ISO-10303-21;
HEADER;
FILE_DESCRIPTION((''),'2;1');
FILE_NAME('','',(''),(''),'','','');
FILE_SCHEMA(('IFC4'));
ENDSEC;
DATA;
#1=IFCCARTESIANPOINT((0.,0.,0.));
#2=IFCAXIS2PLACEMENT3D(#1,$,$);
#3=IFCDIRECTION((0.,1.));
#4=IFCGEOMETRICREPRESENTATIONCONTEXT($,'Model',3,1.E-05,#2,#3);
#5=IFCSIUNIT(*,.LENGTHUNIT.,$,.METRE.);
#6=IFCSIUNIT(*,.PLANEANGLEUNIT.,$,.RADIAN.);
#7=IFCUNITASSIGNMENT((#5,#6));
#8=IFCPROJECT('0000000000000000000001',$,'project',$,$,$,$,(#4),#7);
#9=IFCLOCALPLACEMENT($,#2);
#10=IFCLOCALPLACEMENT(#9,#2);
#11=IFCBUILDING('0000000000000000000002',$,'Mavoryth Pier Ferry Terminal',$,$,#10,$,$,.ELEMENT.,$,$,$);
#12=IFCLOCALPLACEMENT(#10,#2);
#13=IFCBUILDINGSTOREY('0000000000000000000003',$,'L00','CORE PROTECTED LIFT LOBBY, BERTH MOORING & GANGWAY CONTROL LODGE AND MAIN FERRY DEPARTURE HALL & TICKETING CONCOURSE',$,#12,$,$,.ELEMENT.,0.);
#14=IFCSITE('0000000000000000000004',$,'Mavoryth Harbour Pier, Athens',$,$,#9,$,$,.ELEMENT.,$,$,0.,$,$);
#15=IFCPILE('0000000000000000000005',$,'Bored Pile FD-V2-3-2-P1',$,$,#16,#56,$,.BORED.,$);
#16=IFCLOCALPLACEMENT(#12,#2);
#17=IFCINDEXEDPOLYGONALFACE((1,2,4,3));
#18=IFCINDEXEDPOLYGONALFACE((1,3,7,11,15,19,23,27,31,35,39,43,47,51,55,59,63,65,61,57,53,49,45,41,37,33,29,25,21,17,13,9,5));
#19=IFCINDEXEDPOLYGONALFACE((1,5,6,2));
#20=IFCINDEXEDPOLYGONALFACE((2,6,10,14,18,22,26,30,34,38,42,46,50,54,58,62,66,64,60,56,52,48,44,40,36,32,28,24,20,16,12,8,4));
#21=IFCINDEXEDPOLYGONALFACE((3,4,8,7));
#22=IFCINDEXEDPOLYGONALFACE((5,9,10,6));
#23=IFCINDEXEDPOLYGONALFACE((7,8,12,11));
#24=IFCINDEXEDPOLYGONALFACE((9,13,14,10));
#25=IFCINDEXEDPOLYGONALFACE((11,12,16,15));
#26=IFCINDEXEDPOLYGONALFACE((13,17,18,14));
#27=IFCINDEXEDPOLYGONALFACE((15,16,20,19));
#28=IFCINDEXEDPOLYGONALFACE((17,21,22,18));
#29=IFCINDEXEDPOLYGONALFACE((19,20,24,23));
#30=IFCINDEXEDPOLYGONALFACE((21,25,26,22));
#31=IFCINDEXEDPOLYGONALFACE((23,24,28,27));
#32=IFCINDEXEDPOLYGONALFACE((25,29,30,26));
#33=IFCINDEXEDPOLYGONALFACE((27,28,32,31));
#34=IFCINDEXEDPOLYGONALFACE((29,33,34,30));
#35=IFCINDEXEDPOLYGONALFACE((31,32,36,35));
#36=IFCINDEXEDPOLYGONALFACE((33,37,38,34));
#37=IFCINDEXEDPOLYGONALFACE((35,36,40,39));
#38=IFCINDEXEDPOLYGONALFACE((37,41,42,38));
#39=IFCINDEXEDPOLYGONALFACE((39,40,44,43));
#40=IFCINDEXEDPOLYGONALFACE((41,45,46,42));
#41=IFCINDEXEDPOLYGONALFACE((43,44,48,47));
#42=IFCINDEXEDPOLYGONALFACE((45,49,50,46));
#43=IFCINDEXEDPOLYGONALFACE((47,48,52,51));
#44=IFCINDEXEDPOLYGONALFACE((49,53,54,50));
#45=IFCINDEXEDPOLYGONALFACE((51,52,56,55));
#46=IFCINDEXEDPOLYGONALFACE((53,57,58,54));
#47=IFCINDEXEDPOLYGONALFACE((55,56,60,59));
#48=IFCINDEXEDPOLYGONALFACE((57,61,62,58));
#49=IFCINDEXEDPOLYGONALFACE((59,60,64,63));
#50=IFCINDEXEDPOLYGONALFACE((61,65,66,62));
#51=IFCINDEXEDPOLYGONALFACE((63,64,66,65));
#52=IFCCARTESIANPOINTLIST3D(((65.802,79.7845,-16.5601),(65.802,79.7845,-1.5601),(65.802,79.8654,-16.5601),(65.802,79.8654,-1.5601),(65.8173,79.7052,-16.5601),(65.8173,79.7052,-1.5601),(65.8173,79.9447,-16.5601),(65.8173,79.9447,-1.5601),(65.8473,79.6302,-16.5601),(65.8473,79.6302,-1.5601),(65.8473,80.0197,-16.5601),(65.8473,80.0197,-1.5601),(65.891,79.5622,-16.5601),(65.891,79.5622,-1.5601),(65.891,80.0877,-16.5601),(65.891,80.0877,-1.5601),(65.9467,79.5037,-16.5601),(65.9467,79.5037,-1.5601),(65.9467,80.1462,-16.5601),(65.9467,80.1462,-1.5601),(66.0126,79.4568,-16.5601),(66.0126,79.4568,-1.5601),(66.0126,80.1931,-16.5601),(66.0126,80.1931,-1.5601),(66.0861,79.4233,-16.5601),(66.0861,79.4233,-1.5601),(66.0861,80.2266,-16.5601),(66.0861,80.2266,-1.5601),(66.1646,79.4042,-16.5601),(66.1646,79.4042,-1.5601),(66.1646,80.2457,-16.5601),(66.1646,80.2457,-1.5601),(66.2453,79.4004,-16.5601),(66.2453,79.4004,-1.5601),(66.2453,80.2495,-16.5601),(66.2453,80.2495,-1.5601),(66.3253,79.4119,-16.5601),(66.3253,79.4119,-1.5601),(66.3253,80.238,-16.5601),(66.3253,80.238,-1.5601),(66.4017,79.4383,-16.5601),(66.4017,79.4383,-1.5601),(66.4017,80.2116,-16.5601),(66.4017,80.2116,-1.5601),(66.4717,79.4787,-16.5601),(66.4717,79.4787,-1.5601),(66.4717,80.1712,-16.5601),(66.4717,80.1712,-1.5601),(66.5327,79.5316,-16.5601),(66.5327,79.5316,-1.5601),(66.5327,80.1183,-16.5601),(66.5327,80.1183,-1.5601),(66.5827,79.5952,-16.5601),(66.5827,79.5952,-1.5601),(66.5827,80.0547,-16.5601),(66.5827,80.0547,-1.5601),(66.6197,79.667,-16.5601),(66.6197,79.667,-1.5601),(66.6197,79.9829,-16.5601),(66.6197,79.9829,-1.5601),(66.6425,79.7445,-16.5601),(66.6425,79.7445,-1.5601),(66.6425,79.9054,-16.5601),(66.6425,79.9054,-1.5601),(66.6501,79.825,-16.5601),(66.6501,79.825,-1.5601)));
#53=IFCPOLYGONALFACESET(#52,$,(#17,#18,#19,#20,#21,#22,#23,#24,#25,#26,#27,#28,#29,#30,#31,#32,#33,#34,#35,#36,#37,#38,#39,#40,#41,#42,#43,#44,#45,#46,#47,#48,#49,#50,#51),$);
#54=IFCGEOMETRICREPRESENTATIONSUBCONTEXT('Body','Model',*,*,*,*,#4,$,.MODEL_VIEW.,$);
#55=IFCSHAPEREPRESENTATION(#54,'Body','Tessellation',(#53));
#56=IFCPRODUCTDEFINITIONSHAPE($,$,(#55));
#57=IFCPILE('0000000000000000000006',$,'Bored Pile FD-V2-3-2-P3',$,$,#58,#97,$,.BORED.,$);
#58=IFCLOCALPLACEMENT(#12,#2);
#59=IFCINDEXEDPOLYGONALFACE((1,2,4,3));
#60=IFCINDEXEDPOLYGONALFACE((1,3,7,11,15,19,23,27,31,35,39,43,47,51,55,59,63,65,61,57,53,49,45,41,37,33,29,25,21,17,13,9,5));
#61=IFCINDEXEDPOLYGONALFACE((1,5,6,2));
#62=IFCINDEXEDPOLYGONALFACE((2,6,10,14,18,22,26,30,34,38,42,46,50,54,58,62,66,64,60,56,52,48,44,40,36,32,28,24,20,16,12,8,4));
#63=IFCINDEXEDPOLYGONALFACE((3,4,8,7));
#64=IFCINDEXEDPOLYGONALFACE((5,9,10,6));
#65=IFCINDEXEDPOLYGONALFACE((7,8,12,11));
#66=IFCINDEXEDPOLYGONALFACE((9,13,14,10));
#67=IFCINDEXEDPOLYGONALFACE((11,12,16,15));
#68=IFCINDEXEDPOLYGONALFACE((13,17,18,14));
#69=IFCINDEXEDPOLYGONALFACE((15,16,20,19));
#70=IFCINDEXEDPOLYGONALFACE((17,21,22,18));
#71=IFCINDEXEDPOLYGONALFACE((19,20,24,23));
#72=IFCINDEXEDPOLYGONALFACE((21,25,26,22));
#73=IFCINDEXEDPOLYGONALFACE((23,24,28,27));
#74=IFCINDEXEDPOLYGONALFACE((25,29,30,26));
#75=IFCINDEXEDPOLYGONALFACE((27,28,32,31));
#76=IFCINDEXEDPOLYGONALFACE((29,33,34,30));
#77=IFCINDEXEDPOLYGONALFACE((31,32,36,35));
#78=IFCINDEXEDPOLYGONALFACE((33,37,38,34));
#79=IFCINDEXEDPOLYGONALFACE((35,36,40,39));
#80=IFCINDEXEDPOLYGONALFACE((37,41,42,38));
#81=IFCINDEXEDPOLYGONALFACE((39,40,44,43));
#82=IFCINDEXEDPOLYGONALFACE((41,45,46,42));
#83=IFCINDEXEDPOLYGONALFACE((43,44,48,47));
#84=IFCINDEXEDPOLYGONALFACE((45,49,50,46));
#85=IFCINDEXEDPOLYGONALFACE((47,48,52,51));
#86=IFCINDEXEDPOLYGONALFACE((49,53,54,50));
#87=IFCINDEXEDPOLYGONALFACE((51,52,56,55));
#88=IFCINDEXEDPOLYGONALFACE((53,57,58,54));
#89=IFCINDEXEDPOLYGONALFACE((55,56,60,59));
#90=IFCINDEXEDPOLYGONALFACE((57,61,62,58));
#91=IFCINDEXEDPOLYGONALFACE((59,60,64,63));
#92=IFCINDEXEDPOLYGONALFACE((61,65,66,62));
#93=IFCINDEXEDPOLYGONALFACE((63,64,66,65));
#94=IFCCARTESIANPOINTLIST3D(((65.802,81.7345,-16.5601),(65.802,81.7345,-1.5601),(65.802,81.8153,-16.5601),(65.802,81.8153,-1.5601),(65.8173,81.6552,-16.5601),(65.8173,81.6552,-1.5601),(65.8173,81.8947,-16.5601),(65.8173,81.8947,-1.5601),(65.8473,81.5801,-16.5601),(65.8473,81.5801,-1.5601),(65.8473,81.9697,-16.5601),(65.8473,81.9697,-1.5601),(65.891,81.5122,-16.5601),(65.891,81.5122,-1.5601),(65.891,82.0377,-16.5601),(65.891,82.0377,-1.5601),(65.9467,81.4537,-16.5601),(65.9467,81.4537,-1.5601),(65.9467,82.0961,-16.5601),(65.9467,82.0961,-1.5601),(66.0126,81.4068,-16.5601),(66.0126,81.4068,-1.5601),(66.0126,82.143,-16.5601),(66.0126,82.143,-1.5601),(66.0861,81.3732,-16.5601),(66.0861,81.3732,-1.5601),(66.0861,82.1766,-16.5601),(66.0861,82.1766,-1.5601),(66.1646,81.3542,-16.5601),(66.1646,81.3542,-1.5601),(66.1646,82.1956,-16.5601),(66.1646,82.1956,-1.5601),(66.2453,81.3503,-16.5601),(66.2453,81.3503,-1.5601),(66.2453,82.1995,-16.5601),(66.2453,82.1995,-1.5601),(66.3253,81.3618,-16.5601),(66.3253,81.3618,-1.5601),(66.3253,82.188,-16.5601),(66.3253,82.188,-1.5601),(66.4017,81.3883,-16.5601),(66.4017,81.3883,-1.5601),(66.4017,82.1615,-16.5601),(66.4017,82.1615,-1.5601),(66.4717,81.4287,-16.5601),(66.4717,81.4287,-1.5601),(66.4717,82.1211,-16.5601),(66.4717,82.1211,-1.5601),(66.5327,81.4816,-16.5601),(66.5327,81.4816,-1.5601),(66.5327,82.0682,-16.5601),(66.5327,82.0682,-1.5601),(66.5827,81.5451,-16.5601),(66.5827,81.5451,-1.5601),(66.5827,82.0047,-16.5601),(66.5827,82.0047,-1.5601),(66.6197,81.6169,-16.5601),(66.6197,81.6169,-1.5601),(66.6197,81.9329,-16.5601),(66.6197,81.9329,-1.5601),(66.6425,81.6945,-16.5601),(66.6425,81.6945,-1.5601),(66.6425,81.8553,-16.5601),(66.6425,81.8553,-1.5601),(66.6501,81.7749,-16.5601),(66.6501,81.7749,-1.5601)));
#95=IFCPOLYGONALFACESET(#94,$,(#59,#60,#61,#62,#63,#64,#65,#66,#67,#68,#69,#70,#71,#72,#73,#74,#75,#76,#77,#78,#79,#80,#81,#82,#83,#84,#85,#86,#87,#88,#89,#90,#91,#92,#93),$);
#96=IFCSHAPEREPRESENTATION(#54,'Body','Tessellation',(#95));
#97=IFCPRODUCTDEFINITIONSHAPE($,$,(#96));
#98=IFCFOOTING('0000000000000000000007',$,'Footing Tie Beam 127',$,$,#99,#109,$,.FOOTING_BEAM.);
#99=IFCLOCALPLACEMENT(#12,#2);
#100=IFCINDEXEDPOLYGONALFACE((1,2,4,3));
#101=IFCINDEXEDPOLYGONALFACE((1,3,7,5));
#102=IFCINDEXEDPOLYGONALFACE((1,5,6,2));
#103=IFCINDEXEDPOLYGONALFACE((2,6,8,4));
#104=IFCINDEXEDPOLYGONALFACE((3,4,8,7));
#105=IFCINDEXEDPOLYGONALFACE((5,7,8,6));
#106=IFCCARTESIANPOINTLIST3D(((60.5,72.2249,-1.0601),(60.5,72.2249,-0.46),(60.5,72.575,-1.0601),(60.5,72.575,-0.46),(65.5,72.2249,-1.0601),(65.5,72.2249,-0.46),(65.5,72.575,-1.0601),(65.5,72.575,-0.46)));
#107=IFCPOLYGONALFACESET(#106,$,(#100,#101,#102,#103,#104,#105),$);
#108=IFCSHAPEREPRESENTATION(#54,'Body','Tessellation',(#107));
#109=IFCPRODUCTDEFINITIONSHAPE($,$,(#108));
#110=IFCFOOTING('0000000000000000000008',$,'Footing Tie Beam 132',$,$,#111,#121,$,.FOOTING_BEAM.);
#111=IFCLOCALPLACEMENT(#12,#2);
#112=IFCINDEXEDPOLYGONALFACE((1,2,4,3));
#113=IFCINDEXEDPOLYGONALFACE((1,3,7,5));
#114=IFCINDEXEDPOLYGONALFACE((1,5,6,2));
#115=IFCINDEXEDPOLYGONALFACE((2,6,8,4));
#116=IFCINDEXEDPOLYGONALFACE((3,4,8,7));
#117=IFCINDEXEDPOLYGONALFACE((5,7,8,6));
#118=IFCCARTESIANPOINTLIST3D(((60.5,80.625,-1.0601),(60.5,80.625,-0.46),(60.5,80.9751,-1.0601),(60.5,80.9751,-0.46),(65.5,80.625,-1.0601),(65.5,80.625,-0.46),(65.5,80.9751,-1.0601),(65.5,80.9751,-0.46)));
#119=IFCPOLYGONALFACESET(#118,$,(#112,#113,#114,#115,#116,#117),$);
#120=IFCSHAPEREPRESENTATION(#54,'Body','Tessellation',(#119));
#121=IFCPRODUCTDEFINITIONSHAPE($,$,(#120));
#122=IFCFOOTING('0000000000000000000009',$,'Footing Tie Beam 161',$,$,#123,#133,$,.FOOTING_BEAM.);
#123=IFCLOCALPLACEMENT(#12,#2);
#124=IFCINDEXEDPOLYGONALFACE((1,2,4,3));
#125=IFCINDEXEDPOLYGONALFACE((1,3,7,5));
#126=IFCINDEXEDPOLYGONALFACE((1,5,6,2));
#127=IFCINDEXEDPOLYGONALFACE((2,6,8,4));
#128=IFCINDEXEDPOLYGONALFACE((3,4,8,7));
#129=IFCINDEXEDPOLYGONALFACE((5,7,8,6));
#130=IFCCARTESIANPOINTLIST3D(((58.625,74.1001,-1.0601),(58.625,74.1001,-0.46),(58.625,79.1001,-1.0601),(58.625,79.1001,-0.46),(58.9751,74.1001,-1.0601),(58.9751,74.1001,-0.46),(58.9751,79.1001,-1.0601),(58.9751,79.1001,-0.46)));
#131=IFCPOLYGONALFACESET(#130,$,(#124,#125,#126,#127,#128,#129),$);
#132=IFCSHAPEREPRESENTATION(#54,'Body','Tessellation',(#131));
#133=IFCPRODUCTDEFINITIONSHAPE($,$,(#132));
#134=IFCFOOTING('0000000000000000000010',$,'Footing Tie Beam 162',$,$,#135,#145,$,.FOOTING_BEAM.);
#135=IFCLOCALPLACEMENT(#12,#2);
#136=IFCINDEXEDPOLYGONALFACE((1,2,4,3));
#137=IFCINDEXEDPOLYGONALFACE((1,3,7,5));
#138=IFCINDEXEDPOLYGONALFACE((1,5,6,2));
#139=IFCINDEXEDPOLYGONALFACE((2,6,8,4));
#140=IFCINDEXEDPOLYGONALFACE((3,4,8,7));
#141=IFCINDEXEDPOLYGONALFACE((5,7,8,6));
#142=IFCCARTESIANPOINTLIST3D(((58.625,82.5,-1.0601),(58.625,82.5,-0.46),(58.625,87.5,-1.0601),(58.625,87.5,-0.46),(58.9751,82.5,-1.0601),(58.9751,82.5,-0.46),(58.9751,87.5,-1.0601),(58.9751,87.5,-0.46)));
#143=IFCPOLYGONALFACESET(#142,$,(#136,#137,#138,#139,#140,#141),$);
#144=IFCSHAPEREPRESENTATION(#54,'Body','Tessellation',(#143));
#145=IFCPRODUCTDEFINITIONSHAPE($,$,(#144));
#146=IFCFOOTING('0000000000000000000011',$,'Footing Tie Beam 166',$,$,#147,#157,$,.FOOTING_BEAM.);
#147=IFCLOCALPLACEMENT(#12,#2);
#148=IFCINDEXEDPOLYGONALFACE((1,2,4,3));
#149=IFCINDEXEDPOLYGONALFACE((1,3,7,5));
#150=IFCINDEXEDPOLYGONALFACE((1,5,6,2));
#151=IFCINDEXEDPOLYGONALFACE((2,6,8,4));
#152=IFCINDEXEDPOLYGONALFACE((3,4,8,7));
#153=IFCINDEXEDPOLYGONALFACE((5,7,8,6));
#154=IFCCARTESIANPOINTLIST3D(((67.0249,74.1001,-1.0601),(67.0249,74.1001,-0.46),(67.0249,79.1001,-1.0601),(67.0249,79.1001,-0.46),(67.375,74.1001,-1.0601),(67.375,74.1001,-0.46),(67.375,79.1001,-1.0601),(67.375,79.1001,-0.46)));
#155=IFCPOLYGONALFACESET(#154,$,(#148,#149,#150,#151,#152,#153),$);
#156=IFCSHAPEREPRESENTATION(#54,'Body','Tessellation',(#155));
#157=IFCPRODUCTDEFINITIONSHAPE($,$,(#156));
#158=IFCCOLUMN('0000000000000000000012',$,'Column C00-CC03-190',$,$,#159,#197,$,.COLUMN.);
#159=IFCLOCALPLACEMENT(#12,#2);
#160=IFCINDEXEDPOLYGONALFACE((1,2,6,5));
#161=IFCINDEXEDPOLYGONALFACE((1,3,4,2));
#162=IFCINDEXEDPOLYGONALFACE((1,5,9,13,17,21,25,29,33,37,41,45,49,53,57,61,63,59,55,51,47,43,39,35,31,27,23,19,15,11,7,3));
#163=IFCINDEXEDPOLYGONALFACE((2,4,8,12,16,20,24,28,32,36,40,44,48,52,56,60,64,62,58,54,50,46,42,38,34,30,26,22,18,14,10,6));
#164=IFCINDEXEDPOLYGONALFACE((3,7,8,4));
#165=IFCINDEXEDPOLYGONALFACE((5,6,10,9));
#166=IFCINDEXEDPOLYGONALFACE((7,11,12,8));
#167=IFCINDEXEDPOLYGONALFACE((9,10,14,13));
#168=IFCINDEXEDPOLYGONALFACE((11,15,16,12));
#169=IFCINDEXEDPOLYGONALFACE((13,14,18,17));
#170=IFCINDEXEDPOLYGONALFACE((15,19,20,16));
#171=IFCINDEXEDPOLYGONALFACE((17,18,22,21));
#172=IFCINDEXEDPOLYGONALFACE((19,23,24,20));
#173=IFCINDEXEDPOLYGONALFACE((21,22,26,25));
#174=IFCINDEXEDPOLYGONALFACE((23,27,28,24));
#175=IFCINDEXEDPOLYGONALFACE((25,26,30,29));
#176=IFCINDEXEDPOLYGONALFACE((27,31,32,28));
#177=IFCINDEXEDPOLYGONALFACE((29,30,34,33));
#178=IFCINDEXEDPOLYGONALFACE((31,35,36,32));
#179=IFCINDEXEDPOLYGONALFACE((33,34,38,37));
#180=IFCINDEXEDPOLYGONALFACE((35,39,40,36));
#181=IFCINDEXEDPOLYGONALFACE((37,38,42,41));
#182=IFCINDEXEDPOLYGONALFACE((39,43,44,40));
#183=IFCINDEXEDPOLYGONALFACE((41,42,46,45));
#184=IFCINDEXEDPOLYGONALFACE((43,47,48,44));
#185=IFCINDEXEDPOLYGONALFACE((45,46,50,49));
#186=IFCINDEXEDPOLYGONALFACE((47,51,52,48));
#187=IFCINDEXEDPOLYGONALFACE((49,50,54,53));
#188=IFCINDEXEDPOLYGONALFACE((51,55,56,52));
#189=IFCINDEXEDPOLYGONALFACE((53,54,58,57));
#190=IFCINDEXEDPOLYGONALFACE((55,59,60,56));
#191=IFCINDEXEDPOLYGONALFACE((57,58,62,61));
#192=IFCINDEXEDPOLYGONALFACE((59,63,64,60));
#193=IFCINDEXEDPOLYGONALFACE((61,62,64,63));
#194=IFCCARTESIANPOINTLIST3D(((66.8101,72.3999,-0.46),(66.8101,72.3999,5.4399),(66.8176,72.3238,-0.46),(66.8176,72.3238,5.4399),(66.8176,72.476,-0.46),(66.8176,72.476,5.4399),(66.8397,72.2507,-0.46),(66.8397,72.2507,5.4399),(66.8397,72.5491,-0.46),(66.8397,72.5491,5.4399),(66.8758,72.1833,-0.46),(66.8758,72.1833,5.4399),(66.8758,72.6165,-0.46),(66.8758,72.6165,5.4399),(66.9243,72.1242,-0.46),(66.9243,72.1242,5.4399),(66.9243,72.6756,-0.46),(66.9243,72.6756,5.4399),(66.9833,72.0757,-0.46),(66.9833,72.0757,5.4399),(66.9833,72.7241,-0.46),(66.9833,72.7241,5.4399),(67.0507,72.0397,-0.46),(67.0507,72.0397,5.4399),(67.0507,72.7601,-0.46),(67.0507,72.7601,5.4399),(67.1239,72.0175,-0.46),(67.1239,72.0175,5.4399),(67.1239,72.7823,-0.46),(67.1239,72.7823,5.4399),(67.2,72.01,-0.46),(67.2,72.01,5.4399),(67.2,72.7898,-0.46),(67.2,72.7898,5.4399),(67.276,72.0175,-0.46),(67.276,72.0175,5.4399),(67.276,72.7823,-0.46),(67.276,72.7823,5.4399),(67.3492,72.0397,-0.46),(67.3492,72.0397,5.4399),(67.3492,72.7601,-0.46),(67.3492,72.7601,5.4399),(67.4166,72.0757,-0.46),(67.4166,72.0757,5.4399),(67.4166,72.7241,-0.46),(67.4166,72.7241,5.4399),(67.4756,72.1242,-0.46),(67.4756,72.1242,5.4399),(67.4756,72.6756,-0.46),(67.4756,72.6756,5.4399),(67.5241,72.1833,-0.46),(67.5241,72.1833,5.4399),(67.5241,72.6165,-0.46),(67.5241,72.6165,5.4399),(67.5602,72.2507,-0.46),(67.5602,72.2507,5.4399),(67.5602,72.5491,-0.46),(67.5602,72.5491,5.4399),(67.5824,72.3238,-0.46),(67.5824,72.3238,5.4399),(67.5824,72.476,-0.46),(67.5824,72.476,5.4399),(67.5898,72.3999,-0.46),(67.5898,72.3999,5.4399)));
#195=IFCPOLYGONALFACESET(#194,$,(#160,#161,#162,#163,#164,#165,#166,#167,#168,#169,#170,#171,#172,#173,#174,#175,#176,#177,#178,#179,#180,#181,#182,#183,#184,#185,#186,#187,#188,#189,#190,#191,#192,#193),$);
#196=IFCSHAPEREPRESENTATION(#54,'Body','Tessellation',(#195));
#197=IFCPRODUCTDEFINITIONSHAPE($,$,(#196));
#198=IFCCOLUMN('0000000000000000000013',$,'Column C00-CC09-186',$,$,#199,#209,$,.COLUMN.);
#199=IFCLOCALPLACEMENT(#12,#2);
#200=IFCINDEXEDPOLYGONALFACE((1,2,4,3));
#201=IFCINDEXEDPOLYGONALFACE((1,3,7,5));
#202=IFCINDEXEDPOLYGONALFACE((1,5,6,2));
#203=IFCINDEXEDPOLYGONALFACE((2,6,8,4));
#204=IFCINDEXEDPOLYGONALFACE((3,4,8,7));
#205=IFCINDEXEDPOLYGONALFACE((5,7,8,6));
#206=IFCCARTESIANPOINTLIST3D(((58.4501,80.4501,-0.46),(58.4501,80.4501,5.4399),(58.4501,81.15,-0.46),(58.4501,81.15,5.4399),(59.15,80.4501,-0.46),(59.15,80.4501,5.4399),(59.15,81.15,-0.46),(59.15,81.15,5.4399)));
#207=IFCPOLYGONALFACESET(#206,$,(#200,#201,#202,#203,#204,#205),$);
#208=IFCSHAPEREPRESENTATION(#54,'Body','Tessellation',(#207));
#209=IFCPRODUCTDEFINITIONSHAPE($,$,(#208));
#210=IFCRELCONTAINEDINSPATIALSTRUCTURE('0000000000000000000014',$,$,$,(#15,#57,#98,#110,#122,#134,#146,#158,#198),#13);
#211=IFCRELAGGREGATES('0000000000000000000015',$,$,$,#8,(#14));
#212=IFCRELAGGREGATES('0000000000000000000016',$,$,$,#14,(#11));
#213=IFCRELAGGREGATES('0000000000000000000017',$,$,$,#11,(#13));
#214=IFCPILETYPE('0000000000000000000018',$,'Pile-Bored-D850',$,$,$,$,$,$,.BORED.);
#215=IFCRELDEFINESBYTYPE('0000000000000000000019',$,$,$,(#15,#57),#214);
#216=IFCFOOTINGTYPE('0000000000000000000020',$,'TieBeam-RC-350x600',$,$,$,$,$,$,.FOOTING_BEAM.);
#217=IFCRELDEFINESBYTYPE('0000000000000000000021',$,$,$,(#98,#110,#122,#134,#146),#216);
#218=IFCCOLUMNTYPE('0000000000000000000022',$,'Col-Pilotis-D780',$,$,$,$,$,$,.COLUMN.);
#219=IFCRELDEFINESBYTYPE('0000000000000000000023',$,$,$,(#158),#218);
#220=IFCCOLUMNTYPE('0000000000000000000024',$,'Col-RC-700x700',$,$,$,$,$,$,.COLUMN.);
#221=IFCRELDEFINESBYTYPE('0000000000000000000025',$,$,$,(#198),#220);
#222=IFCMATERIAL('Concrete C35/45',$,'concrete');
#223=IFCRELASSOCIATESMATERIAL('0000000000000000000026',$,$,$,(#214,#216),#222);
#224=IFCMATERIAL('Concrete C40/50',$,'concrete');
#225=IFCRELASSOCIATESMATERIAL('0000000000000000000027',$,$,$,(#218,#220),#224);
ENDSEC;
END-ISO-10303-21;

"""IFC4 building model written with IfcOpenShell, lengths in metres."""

from ifc_helpers import new_model, si_unit, direction, frame, origin, origin_2d, place, context, subcontext, project, spatial, rectangle, circle, extrude, material, material_profile, profile_set, type_object, element, save


model = new_model("IFC4")

# Units and contexts
model_context = context("Model", 3, precision=1e-05, world=origin(), true_north=direction((0.0, 1.0)))
body_context = subcontext(model_context, "Body", "Model", "MODEL_VIEW")
ifc_project = project(units=[si_unit("LENGTHUNIT", "METRE"), si_unit("PLANEANGLEUNIT", "RADIAN")], contexts=[model_context])

# Site, building, storey
site_placement = place(None, origin())
site = spatial("IfcSite", under=ifc_project, at=site_placement, Name="Mavoryth Harbour Pier, Athens", CompositionType="ELEMENT", RefElevation=0.0)
building_placement = place(site_placement, origin())
building = spatial("IfcBuilding", under=site, at=building_placement, Name="Mavoryth Pier Ferry Terminal", CompositionType="ELEMENT")
storey_placement = place(building_placement, origin())
storey = spatial("IfcBuildingStorey", under=building, at=storey_placement, Name="L00", Description="CORE PROTECTED LIFT LOBBY, BERTH MOORING & GANGWAY CONTROL LODGE AND MAIN FERRY DEPARTURE HALL & TICKETING CONCOURSE", CompositionType="ELEMENT", Elevation=0.0)

# Shared definitions
ifc_material_1 = material(Name="Concrete C35/45", Category="concrete")

# Piles
ifc_material_profile_1 = material_profile(ifc_material_1, circle(Radius=0.425, at=origin_2d()), Name="PILE D850", Category="concrete")
ifc_profile_set_1 = profile_set([ifc_material_profile_1], Name="Concrete C35/45 - PILE D850")
pile_type = type_object("IfcPileType", Name="Pile-Bored-D850", PredefinedType="BORED", material=ifc_profile_set_1)
for number, where, z_axis, x_axis, name in (
    (1, (66.2251, 79.825, -1.5601), (0.0, 0.0, -1.0), (1.0, 0.0, 0.0), "Bored Pile FD-V2-3-2-P1"),
    (2, (66.2251, 81.7749, -1.5601), (0.0, 0.0, -1.0), (1.0, 0.0, 0.0), "Bored Pile FD-V2-3-2-P3"),
):
    element("IfcPile", number, at=place(storey_placement, frame(where, z_axis=z_axis, x_axis=x_axis)), inside=storey, type_object=pile_type, Name=name, PredefinedType="BORED", context=body_context, shape_type="SweptSolid", body=[
        extrude(circle(Radius=0.425, at=origin_2d()), origin(), (0.0, 0.0, 1.0), 15.0),
    ])

# Footings
ifc_material_profile_2 = material_profile(ifc_material_1, rectangle(XDim=0.3501, YDim=0.6001, at=origin_2d()), Name="RC 350x600", Category="concrete")
ifc_profile_set_2 = profile_set([ifc_material_profile_2], Name="Concrete C35/45 - RC 350x600")
footing_type_1 = type_object("IfcFootingType", Name="TieBeam-RC-350x600", PredefinedType="FOOTING_BEAM", material=ifc_profile_set_2)
for number, where, z_axis, x_axis, name in (
    (3, (60.5, 72.3999, -0.76), (1.0, 0.0, 0.0), (0.0, 1.0, 0.0), "Footing Tie Beam 127"),
    (4, (60.5, 80.8, -0.76), (1.0, 0.0, 0.0), (0.0, 1.0, 0.0), "Footing Tie Beam 132"),
    (5, (58.8, 74.1001, -0.76), (0.0, 1.0, 0.0), (-1.0, 0.0, 0.0), "Footing Tie Beam 161"),
    (6, (58.8, 82.5, -0.76), (0.0, 1.0, 0.0), (-1.0, 0.0, 0.0), "Footing Tie Beam 162"),
    (7, (67.2, 74.1001, -0.76), (0.0, 1.0, 0.0), (-1.0, 0.0, 0.0), "Footing Tie Beam 166"),
):
    element("IfcFooting", number, at=place(storey_placement, frame(where, z_axis=z_axis, x_axis=x_axis)), inside=storey, type_object=footing_type_1, Name=name, PredefinedType="FOOTING_BEAM", context=body_context, shape_type="SweptSolid", body=[
        extrude(rectangle(XDim=0.3501, YDim=0.6001, at=origin_2d()), origin(), (0.0, 0.0, 1.0), 5.0),
    ])

# Columns
ifc_material_2 = material(Name="Concrete C40/50", Category="concrete")
ifc_material_profile_3 = material_profile(ifc_material_2, circle(Radius=0.3899, at=origin_2d()), Name="RC D780", Category="concrete")
ifc_profile_set_3 = profile_set([ifc_material_profile_3], Name="Concrete C40/50 - RC D780")
column_type_1 = type_object("IfcColumnType", Name="Col-Pilotis-D780", PredefinedType="COLUMN", material=ifc_profile_set_3)
column_1_placement = place(storey_placement, frame((67.2, 72.3999, -0.46), z_axis=(0.0, 0.0, 1.0), x_axis=(1.0, 0.0, 0.0)))
element("IfcColumn", 8, at=column_1_placement, inside=storey, type_object=column_type_1, Name="Column C00-CC03-190", PredefinedType="COLUMN", context=body_context, shape_type="SweptSolid", body=[
    extrude(circle(Radius=0.3899, at=origin_2d()), origin(), (0.0, 0.0, 1.0), 5.8999),
])
ifc_material_profile_4 = material_profile(ifc_material_2, rectangle(XDim=0.7, YDim=0.7, at=origin_2d()), Name="RC 700x700", Category="concrete")
ifc_profile_set_4 = profile_set([ifc_material_profile_4], Name="Concrete C40/50 - RC 700x700")
column_type_2 = type_object("IfcColumnType", Name="Col-RC-700x700", PredefinedType="COLUMN", material=ifc_profile_set_4)
column_2_placement = place(storey_placement, frame((58.8, 80.8, -0.46), z_axis=(0.0, 0.0, 1.0), x_axis=(1.0, 0.0, 0.0)))
element("IfcColumn", 9, at=column_2_placement, inside=storey, type_object=column_type_2, Name="Column C00-CC09-186", PredefinedType="COLUMN", context=body_context, shape_type="SweptSolid", body=[
    extrude(rectangle(XDim=0.7, YDim=0.7, at=origin_2d()), origin(), (0.0, 0.0, 1.0), 5.8999),
])

save(model, "model.ifc")
